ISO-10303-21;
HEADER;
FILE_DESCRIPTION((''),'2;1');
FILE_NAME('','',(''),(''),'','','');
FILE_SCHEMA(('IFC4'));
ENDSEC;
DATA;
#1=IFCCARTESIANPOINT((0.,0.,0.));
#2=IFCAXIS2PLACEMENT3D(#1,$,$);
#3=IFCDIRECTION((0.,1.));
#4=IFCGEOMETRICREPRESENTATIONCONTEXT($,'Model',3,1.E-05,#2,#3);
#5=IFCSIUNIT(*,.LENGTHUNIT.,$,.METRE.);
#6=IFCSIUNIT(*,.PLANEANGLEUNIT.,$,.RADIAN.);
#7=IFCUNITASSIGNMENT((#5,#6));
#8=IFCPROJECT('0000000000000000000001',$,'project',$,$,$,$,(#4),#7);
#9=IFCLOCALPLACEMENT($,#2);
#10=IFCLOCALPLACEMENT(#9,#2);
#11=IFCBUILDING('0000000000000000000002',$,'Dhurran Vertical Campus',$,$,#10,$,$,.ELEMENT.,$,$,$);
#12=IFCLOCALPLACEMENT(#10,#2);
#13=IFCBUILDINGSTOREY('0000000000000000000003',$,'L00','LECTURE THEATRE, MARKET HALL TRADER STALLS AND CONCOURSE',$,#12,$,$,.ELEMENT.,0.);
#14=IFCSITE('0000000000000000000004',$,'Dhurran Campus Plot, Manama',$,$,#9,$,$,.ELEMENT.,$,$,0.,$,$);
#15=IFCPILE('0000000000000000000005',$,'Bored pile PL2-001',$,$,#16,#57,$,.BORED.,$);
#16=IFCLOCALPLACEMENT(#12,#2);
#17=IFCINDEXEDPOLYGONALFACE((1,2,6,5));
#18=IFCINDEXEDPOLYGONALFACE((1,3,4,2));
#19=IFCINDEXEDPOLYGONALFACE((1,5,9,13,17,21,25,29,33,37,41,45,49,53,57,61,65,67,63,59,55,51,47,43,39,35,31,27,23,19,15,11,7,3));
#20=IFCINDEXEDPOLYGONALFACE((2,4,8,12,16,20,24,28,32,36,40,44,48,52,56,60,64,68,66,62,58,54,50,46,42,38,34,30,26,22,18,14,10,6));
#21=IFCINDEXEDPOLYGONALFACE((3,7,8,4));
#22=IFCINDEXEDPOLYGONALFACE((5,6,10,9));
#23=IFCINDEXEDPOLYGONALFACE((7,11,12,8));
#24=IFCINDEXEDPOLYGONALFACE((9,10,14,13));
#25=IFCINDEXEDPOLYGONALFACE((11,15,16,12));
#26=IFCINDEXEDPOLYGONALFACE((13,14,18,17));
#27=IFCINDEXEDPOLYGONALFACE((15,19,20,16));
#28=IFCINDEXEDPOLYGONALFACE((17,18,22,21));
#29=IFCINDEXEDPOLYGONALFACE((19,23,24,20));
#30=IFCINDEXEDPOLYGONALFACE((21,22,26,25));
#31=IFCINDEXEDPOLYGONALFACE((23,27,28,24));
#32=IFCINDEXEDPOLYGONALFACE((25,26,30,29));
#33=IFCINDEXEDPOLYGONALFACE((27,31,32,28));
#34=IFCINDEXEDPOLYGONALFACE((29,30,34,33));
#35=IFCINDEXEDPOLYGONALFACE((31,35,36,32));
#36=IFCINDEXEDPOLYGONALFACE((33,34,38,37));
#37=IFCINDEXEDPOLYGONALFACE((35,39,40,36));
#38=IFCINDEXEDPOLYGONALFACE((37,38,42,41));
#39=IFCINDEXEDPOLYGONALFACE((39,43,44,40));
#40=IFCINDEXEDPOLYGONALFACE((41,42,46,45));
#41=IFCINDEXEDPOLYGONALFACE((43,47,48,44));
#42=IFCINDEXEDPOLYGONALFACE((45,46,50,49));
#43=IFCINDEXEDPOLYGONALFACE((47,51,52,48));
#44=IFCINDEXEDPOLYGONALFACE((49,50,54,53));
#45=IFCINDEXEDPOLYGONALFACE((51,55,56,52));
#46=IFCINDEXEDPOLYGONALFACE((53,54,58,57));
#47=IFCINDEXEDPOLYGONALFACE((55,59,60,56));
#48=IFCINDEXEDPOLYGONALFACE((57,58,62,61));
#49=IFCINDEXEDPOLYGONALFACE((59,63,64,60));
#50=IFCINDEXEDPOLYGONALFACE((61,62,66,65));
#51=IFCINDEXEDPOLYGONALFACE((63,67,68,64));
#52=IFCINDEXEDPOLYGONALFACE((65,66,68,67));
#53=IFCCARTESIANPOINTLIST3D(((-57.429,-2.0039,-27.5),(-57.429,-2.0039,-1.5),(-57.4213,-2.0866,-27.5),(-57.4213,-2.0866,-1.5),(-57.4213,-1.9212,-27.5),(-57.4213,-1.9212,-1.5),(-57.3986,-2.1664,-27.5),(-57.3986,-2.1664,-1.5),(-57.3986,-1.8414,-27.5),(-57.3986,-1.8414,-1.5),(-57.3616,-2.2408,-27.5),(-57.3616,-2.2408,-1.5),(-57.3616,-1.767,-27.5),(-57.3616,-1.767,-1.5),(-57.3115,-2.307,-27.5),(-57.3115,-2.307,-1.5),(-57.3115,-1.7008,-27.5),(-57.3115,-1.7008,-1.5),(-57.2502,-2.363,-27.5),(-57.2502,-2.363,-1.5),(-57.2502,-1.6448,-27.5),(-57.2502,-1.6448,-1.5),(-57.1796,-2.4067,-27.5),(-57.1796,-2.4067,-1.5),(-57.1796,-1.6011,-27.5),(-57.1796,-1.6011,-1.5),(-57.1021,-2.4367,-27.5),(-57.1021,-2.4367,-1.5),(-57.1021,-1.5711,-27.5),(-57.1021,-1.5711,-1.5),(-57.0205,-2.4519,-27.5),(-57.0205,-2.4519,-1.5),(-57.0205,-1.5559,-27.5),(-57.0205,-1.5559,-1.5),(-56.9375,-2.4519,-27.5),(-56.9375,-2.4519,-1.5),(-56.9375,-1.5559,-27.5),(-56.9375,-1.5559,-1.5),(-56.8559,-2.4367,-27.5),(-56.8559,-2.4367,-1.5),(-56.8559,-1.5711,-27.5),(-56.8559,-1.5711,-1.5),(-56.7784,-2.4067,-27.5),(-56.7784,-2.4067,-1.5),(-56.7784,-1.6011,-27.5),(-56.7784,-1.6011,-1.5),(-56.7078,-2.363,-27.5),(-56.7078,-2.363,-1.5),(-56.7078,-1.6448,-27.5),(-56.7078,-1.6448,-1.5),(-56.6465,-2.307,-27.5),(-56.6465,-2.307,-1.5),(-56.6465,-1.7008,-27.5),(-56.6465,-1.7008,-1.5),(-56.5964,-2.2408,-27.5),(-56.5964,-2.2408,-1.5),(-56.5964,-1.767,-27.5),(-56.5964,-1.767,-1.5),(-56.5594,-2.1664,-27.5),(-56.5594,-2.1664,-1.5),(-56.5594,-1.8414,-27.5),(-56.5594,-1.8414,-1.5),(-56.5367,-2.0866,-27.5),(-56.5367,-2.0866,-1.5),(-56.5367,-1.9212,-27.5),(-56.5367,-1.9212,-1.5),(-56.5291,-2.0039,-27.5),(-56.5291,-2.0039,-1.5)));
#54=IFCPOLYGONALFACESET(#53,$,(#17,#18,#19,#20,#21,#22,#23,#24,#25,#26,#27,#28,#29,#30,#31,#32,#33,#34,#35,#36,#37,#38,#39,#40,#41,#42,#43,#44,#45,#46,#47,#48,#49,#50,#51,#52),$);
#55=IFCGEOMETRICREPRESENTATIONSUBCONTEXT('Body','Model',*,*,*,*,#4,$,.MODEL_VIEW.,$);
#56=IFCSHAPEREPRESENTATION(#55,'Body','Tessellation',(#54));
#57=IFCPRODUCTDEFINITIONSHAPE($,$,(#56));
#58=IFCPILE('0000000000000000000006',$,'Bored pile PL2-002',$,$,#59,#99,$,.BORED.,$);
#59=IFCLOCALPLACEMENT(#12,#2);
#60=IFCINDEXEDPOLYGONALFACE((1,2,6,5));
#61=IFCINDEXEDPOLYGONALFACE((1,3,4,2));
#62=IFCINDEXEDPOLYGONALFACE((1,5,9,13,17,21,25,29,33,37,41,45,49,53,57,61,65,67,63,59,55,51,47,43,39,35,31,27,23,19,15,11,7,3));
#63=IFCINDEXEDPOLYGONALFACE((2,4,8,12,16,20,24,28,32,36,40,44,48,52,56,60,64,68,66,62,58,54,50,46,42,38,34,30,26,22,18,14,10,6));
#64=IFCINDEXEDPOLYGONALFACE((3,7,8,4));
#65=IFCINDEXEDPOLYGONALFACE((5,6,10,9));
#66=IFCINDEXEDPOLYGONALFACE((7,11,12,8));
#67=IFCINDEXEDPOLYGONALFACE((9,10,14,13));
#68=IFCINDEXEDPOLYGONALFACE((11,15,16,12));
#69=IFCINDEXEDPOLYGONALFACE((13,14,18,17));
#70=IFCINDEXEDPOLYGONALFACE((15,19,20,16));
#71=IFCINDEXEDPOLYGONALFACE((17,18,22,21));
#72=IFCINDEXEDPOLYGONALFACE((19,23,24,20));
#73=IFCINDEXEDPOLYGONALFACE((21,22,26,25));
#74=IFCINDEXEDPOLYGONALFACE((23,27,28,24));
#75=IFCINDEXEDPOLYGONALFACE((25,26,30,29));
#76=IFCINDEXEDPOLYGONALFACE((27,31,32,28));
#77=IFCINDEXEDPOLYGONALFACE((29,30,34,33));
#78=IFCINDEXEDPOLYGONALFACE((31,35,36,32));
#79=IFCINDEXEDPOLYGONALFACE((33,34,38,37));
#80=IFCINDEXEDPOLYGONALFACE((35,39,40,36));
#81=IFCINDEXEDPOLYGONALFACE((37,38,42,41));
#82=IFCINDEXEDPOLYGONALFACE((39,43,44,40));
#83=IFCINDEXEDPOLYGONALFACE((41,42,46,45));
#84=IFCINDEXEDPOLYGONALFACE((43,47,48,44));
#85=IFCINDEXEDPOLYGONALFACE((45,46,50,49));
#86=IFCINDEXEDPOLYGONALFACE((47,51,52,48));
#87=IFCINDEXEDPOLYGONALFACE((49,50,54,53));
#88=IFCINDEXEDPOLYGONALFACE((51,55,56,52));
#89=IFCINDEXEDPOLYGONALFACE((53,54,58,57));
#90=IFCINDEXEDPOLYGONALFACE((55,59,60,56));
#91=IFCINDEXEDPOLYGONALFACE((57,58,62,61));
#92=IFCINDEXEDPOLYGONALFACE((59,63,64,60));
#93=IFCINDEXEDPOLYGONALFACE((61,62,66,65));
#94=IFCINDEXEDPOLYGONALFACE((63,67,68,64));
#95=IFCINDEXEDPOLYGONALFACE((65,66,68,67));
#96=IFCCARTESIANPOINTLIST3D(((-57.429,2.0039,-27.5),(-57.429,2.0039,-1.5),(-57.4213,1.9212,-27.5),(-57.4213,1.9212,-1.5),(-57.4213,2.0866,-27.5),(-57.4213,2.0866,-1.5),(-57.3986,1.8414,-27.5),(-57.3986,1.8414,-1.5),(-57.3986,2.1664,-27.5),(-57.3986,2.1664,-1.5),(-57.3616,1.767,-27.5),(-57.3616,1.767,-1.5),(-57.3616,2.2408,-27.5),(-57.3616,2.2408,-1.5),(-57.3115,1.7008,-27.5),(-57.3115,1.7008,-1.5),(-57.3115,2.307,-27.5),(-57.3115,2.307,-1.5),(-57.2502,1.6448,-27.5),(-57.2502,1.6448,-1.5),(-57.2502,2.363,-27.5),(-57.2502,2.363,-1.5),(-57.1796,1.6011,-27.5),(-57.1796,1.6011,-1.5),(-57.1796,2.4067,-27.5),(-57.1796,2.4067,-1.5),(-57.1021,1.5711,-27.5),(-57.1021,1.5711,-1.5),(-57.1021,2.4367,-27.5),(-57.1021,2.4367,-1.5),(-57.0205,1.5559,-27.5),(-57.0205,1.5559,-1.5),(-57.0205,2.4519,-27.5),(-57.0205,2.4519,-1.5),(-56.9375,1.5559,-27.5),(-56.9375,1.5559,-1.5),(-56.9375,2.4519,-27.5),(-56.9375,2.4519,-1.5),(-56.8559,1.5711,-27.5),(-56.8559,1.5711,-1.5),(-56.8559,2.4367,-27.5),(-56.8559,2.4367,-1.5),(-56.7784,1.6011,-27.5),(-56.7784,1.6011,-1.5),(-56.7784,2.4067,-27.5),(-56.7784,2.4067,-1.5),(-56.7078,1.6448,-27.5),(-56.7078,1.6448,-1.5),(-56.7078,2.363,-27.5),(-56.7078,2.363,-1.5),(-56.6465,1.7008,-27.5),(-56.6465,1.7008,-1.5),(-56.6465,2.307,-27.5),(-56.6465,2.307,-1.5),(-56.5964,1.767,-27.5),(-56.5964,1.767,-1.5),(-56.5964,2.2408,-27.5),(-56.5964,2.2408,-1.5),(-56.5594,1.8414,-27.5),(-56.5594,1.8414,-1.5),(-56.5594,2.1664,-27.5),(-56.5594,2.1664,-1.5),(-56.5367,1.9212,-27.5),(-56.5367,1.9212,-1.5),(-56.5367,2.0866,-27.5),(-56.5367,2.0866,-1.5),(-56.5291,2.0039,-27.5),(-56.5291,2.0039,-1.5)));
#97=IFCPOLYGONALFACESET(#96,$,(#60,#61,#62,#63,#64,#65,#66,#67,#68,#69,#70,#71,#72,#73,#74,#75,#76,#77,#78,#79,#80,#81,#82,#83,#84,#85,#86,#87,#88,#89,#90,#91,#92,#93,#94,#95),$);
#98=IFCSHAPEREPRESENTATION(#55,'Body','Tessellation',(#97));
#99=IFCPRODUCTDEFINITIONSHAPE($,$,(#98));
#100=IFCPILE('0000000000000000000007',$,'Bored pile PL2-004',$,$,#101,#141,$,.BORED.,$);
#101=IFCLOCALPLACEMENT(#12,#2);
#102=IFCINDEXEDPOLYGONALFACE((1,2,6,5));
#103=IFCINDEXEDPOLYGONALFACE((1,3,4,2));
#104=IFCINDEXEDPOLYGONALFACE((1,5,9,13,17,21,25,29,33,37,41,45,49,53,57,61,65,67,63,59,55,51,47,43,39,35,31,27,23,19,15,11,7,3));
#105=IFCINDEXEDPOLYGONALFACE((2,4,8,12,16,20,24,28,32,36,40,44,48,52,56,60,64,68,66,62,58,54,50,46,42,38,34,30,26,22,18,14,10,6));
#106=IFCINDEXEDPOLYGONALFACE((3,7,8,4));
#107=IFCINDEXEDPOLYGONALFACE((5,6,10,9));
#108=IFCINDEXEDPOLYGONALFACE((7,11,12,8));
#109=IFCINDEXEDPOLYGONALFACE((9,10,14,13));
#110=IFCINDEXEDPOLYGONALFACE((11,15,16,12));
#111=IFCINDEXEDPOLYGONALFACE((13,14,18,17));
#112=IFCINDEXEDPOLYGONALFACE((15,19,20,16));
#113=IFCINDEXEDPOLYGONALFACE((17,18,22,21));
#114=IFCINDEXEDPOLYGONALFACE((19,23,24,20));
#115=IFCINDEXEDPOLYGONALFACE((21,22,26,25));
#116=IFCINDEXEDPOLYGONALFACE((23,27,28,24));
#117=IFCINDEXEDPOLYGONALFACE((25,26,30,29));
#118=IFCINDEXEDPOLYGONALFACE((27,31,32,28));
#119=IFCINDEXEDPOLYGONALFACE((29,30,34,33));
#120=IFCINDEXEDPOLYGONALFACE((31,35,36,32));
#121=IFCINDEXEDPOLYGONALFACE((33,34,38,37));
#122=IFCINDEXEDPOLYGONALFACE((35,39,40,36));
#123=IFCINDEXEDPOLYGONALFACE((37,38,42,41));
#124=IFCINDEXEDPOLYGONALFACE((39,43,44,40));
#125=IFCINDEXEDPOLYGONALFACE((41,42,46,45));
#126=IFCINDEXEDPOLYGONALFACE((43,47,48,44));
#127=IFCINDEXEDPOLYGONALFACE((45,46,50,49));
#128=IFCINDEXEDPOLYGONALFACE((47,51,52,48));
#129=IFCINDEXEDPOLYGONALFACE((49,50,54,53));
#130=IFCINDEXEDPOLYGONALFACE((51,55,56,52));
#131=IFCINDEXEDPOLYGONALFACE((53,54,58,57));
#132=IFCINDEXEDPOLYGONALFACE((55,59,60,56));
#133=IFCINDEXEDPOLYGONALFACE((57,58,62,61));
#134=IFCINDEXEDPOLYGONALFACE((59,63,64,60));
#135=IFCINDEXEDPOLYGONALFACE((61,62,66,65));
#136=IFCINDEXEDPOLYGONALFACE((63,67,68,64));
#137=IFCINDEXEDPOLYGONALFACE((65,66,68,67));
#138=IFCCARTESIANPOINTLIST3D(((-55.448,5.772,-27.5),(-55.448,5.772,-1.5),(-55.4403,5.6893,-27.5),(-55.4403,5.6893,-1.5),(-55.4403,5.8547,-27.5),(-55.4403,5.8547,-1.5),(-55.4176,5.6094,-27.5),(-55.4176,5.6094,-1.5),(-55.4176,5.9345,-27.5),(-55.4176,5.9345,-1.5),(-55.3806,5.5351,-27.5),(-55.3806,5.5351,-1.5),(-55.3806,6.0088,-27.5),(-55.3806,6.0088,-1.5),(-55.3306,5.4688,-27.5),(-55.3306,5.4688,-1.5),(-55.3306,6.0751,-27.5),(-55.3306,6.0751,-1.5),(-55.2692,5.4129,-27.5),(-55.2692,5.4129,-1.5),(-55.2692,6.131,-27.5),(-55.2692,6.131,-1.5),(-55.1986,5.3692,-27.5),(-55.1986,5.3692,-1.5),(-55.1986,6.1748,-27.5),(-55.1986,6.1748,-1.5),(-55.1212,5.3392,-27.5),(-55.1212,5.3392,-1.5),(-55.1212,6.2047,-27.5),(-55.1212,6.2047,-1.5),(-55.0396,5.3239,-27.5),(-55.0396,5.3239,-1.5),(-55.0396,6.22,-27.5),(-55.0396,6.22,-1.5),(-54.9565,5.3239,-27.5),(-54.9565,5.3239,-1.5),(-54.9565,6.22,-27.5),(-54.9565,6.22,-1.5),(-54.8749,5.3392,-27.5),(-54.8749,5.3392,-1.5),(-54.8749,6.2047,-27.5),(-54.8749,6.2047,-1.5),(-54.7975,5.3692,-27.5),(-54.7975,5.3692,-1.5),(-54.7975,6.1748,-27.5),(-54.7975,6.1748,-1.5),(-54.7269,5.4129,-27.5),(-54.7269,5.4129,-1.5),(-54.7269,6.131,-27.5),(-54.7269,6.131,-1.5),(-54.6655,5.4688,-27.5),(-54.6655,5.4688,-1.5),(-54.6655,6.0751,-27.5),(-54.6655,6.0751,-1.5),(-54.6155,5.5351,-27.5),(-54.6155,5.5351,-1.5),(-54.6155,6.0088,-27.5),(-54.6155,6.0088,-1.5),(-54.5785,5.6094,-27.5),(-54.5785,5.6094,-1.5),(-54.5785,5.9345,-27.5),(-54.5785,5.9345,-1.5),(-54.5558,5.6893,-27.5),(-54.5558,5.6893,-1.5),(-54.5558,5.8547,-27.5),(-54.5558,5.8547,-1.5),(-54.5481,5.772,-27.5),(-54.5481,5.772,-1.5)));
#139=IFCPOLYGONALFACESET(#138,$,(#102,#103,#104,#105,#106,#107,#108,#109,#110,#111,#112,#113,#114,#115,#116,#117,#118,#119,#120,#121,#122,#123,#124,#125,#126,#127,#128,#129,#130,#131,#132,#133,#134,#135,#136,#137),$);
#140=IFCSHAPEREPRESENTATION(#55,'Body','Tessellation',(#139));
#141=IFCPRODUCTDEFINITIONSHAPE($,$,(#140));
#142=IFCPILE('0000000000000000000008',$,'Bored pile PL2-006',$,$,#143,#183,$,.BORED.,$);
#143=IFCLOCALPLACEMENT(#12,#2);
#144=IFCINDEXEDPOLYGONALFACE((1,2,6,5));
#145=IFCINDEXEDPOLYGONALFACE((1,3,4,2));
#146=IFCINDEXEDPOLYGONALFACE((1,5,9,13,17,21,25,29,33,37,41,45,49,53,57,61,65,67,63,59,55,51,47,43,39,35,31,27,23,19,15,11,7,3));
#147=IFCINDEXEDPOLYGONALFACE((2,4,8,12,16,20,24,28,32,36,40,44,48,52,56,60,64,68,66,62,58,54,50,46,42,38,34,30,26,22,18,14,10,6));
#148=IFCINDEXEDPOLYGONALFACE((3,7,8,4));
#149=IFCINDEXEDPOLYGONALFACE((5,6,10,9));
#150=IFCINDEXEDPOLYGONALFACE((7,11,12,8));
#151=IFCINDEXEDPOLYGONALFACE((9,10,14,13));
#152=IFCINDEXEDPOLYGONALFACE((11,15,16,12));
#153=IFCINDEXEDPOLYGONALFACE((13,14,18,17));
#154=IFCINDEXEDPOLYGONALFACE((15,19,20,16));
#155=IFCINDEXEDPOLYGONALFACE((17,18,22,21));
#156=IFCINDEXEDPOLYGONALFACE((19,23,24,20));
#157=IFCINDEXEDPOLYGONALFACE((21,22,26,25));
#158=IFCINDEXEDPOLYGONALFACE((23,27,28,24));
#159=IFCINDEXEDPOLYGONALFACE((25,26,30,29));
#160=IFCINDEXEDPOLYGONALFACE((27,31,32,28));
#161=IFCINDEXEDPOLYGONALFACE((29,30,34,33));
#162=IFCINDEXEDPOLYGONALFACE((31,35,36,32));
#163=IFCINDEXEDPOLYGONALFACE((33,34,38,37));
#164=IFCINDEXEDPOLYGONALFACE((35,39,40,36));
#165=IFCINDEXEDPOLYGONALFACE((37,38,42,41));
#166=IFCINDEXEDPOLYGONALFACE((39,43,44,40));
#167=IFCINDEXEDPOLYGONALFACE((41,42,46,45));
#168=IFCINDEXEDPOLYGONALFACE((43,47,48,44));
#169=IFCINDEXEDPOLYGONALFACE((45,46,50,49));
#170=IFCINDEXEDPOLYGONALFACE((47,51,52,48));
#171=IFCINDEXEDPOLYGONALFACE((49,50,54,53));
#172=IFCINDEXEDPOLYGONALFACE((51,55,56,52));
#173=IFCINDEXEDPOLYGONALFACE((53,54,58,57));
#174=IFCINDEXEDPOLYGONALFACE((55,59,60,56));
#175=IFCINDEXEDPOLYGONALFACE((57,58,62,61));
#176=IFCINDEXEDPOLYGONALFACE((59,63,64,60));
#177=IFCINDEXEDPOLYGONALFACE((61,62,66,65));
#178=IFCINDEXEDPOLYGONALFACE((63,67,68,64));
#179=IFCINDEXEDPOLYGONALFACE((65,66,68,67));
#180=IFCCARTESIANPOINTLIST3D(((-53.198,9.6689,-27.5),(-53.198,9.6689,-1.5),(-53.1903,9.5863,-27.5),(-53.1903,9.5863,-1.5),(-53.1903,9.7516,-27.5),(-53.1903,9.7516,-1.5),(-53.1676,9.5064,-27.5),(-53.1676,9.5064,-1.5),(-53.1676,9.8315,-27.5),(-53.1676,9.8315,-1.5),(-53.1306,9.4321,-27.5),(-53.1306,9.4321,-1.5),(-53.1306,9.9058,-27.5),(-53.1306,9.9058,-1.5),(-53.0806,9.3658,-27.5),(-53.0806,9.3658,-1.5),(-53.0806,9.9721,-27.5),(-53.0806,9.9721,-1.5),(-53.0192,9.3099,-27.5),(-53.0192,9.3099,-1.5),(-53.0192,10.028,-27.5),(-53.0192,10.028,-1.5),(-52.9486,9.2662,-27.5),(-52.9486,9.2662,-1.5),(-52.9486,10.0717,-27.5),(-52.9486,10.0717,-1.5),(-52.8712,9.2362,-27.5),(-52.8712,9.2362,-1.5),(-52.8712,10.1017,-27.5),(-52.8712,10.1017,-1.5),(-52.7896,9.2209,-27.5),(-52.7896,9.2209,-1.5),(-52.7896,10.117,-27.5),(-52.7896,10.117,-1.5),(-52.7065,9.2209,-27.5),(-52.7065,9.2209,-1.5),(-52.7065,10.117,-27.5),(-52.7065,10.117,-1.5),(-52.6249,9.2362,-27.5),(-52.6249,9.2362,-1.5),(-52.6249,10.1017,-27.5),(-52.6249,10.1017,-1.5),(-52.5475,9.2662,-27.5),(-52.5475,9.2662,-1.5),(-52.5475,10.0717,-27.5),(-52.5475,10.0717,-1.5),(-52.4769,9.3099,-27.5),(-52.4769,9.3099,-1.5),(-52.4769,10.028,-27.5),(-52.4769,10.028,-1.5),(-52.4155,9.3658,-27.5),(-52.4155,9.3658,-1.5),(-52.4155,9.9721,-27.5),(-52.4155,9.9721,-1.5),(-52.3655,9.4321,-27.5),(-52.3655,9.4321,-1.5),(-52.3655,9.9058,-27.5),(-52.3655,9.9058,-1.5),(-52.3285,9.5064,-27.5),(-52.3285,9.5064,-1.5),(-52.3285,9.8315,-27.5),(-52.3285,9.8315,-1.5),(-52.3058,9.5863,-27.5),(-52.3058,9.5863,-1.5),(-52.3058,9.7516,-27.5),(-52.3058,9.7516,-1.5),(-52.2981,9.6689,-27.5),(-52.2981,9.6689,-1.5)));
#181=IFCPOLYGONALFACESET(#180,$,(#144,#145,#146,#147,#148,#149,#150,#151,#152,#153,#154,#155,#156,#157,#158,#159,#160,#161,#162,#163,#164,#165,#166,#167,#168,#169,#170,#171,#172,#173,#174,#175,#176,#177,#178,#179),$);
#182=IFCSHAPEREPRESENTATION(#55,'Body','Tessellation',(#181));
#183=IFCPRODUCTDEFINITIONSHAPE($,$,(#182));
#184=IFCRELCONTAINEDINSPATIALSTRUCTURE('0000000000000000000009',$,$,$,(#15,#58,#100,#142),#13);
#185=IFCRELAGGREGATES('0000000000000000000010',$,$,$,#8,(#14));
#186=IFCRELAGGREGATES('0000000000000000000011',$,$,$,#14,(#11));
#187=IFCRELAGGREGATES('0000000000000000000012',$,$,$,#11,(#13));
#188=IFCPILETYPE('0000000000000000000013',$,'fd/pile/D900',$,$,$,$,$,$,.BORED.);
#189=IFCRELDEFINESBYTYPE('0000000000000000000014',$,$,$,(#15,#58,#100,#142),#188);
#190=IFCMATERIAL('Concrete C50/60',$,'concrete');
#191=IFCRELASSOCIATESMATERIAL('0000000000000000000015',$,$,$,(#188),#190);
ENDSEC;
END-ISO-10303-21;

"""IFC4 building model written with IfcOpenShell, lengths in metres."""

from ifc_helpers import new_model, si_unit, direction, frame, origin, origin_2d, place, context, subcontext, project, spatial, circle, extrude, material, material_profile, profile_set, type_object, element, save


model = new_model("IFC4")

# Units and contexts
model_context = context("Model", 3, precision=1e-05, world=origin(), true_north=direction((0.0, 1.0)))
body_context = subcontext(model_context, "Body", "Model", "MODEL_VIEW")
ifc_project = project(units=[si_unit("LENGTHUNIT", "METRE"), si_unit("PLANEANGLEUNIT", "RADIAN")], contexts=[model_context])

# Site, building, storey
site_placement = place(None, origin())
site = spatial("IfcSite", under=ifc_project, at=site_placement, Name="Dhurran Campus Plot, Manama", CompositionType="ELEMENT", RefElevation=0.0)
building_placement = place(site_placement, origin())
building = spatial("IfcBuilding", under=site, at=building_placement, Name="Dhurran Vertical Campus", CompositionType="ELEMENT")
storey_placement = place(building_placement, origin())
storey = spatial("IfcBuildingStorey", under=building, at=storey_placement, Name="L00", Description="LECTURE THEATRE, MARKET HALL TRADER STALLS AND CONCOURSE", CompositionType="ELEMENT", Elevation=0.0)

# Piles
ifc_material_1 = material(Name="Concrete C50/60", Category="concrete")
ifc_material_profile_1 = material_profile(ifc_material_1, circle(Radius=0.45, at=origin_2d()), Name="fd/pile/D900")
ifc_profile_set_1 = profile_set([ifc_material_profile_1], Name="Concrete C50/60")
pile_type = type_object("IfcPileType", Name="fd/pile/D900", PredefinedType="BORED", material=ifc_profile_set_1)
for number, where, z_axis, x_axis, name in (
    (1, (-56.979, -2.0039, -1.5), (0.0, 0.0, -1.0), (1.0, 0.0, 0.0), "Bored pile PL2-001"),
    (2, (-56.979, 2.0039, -1.5), (0.0, 0.0, -1.0), (1.0, 0.0, 0.0), "Bored pile PL2-002"),
    (3, (-54.998, 5.772, -1.5), (0.0, 0.0, -1.0), (1.0, 0.0, 0.0), "Bored pile PL2-004"),
    (4, (-52.748, 9.6689, -1.5), (0.0, 0.0, -1.0), (1.0, 0.0, 0.0), "Bored pile PL2-006"),
):
    element("IfcPile", number, at=place(storey_placement, frame(where, z_axis=z_axis, x_axis=x_axis)), inside=storey, type_object=pile_type, Name=name, PredefinedType="BORED", context=body_context, shape_type="SweptSolid", body=[
        extrude(circle(Radius=0.45, at=origin_2d()), origin(), (0.0, 0.0, 1.0), 26.0),
    ])

save(model, "model.ifc")
